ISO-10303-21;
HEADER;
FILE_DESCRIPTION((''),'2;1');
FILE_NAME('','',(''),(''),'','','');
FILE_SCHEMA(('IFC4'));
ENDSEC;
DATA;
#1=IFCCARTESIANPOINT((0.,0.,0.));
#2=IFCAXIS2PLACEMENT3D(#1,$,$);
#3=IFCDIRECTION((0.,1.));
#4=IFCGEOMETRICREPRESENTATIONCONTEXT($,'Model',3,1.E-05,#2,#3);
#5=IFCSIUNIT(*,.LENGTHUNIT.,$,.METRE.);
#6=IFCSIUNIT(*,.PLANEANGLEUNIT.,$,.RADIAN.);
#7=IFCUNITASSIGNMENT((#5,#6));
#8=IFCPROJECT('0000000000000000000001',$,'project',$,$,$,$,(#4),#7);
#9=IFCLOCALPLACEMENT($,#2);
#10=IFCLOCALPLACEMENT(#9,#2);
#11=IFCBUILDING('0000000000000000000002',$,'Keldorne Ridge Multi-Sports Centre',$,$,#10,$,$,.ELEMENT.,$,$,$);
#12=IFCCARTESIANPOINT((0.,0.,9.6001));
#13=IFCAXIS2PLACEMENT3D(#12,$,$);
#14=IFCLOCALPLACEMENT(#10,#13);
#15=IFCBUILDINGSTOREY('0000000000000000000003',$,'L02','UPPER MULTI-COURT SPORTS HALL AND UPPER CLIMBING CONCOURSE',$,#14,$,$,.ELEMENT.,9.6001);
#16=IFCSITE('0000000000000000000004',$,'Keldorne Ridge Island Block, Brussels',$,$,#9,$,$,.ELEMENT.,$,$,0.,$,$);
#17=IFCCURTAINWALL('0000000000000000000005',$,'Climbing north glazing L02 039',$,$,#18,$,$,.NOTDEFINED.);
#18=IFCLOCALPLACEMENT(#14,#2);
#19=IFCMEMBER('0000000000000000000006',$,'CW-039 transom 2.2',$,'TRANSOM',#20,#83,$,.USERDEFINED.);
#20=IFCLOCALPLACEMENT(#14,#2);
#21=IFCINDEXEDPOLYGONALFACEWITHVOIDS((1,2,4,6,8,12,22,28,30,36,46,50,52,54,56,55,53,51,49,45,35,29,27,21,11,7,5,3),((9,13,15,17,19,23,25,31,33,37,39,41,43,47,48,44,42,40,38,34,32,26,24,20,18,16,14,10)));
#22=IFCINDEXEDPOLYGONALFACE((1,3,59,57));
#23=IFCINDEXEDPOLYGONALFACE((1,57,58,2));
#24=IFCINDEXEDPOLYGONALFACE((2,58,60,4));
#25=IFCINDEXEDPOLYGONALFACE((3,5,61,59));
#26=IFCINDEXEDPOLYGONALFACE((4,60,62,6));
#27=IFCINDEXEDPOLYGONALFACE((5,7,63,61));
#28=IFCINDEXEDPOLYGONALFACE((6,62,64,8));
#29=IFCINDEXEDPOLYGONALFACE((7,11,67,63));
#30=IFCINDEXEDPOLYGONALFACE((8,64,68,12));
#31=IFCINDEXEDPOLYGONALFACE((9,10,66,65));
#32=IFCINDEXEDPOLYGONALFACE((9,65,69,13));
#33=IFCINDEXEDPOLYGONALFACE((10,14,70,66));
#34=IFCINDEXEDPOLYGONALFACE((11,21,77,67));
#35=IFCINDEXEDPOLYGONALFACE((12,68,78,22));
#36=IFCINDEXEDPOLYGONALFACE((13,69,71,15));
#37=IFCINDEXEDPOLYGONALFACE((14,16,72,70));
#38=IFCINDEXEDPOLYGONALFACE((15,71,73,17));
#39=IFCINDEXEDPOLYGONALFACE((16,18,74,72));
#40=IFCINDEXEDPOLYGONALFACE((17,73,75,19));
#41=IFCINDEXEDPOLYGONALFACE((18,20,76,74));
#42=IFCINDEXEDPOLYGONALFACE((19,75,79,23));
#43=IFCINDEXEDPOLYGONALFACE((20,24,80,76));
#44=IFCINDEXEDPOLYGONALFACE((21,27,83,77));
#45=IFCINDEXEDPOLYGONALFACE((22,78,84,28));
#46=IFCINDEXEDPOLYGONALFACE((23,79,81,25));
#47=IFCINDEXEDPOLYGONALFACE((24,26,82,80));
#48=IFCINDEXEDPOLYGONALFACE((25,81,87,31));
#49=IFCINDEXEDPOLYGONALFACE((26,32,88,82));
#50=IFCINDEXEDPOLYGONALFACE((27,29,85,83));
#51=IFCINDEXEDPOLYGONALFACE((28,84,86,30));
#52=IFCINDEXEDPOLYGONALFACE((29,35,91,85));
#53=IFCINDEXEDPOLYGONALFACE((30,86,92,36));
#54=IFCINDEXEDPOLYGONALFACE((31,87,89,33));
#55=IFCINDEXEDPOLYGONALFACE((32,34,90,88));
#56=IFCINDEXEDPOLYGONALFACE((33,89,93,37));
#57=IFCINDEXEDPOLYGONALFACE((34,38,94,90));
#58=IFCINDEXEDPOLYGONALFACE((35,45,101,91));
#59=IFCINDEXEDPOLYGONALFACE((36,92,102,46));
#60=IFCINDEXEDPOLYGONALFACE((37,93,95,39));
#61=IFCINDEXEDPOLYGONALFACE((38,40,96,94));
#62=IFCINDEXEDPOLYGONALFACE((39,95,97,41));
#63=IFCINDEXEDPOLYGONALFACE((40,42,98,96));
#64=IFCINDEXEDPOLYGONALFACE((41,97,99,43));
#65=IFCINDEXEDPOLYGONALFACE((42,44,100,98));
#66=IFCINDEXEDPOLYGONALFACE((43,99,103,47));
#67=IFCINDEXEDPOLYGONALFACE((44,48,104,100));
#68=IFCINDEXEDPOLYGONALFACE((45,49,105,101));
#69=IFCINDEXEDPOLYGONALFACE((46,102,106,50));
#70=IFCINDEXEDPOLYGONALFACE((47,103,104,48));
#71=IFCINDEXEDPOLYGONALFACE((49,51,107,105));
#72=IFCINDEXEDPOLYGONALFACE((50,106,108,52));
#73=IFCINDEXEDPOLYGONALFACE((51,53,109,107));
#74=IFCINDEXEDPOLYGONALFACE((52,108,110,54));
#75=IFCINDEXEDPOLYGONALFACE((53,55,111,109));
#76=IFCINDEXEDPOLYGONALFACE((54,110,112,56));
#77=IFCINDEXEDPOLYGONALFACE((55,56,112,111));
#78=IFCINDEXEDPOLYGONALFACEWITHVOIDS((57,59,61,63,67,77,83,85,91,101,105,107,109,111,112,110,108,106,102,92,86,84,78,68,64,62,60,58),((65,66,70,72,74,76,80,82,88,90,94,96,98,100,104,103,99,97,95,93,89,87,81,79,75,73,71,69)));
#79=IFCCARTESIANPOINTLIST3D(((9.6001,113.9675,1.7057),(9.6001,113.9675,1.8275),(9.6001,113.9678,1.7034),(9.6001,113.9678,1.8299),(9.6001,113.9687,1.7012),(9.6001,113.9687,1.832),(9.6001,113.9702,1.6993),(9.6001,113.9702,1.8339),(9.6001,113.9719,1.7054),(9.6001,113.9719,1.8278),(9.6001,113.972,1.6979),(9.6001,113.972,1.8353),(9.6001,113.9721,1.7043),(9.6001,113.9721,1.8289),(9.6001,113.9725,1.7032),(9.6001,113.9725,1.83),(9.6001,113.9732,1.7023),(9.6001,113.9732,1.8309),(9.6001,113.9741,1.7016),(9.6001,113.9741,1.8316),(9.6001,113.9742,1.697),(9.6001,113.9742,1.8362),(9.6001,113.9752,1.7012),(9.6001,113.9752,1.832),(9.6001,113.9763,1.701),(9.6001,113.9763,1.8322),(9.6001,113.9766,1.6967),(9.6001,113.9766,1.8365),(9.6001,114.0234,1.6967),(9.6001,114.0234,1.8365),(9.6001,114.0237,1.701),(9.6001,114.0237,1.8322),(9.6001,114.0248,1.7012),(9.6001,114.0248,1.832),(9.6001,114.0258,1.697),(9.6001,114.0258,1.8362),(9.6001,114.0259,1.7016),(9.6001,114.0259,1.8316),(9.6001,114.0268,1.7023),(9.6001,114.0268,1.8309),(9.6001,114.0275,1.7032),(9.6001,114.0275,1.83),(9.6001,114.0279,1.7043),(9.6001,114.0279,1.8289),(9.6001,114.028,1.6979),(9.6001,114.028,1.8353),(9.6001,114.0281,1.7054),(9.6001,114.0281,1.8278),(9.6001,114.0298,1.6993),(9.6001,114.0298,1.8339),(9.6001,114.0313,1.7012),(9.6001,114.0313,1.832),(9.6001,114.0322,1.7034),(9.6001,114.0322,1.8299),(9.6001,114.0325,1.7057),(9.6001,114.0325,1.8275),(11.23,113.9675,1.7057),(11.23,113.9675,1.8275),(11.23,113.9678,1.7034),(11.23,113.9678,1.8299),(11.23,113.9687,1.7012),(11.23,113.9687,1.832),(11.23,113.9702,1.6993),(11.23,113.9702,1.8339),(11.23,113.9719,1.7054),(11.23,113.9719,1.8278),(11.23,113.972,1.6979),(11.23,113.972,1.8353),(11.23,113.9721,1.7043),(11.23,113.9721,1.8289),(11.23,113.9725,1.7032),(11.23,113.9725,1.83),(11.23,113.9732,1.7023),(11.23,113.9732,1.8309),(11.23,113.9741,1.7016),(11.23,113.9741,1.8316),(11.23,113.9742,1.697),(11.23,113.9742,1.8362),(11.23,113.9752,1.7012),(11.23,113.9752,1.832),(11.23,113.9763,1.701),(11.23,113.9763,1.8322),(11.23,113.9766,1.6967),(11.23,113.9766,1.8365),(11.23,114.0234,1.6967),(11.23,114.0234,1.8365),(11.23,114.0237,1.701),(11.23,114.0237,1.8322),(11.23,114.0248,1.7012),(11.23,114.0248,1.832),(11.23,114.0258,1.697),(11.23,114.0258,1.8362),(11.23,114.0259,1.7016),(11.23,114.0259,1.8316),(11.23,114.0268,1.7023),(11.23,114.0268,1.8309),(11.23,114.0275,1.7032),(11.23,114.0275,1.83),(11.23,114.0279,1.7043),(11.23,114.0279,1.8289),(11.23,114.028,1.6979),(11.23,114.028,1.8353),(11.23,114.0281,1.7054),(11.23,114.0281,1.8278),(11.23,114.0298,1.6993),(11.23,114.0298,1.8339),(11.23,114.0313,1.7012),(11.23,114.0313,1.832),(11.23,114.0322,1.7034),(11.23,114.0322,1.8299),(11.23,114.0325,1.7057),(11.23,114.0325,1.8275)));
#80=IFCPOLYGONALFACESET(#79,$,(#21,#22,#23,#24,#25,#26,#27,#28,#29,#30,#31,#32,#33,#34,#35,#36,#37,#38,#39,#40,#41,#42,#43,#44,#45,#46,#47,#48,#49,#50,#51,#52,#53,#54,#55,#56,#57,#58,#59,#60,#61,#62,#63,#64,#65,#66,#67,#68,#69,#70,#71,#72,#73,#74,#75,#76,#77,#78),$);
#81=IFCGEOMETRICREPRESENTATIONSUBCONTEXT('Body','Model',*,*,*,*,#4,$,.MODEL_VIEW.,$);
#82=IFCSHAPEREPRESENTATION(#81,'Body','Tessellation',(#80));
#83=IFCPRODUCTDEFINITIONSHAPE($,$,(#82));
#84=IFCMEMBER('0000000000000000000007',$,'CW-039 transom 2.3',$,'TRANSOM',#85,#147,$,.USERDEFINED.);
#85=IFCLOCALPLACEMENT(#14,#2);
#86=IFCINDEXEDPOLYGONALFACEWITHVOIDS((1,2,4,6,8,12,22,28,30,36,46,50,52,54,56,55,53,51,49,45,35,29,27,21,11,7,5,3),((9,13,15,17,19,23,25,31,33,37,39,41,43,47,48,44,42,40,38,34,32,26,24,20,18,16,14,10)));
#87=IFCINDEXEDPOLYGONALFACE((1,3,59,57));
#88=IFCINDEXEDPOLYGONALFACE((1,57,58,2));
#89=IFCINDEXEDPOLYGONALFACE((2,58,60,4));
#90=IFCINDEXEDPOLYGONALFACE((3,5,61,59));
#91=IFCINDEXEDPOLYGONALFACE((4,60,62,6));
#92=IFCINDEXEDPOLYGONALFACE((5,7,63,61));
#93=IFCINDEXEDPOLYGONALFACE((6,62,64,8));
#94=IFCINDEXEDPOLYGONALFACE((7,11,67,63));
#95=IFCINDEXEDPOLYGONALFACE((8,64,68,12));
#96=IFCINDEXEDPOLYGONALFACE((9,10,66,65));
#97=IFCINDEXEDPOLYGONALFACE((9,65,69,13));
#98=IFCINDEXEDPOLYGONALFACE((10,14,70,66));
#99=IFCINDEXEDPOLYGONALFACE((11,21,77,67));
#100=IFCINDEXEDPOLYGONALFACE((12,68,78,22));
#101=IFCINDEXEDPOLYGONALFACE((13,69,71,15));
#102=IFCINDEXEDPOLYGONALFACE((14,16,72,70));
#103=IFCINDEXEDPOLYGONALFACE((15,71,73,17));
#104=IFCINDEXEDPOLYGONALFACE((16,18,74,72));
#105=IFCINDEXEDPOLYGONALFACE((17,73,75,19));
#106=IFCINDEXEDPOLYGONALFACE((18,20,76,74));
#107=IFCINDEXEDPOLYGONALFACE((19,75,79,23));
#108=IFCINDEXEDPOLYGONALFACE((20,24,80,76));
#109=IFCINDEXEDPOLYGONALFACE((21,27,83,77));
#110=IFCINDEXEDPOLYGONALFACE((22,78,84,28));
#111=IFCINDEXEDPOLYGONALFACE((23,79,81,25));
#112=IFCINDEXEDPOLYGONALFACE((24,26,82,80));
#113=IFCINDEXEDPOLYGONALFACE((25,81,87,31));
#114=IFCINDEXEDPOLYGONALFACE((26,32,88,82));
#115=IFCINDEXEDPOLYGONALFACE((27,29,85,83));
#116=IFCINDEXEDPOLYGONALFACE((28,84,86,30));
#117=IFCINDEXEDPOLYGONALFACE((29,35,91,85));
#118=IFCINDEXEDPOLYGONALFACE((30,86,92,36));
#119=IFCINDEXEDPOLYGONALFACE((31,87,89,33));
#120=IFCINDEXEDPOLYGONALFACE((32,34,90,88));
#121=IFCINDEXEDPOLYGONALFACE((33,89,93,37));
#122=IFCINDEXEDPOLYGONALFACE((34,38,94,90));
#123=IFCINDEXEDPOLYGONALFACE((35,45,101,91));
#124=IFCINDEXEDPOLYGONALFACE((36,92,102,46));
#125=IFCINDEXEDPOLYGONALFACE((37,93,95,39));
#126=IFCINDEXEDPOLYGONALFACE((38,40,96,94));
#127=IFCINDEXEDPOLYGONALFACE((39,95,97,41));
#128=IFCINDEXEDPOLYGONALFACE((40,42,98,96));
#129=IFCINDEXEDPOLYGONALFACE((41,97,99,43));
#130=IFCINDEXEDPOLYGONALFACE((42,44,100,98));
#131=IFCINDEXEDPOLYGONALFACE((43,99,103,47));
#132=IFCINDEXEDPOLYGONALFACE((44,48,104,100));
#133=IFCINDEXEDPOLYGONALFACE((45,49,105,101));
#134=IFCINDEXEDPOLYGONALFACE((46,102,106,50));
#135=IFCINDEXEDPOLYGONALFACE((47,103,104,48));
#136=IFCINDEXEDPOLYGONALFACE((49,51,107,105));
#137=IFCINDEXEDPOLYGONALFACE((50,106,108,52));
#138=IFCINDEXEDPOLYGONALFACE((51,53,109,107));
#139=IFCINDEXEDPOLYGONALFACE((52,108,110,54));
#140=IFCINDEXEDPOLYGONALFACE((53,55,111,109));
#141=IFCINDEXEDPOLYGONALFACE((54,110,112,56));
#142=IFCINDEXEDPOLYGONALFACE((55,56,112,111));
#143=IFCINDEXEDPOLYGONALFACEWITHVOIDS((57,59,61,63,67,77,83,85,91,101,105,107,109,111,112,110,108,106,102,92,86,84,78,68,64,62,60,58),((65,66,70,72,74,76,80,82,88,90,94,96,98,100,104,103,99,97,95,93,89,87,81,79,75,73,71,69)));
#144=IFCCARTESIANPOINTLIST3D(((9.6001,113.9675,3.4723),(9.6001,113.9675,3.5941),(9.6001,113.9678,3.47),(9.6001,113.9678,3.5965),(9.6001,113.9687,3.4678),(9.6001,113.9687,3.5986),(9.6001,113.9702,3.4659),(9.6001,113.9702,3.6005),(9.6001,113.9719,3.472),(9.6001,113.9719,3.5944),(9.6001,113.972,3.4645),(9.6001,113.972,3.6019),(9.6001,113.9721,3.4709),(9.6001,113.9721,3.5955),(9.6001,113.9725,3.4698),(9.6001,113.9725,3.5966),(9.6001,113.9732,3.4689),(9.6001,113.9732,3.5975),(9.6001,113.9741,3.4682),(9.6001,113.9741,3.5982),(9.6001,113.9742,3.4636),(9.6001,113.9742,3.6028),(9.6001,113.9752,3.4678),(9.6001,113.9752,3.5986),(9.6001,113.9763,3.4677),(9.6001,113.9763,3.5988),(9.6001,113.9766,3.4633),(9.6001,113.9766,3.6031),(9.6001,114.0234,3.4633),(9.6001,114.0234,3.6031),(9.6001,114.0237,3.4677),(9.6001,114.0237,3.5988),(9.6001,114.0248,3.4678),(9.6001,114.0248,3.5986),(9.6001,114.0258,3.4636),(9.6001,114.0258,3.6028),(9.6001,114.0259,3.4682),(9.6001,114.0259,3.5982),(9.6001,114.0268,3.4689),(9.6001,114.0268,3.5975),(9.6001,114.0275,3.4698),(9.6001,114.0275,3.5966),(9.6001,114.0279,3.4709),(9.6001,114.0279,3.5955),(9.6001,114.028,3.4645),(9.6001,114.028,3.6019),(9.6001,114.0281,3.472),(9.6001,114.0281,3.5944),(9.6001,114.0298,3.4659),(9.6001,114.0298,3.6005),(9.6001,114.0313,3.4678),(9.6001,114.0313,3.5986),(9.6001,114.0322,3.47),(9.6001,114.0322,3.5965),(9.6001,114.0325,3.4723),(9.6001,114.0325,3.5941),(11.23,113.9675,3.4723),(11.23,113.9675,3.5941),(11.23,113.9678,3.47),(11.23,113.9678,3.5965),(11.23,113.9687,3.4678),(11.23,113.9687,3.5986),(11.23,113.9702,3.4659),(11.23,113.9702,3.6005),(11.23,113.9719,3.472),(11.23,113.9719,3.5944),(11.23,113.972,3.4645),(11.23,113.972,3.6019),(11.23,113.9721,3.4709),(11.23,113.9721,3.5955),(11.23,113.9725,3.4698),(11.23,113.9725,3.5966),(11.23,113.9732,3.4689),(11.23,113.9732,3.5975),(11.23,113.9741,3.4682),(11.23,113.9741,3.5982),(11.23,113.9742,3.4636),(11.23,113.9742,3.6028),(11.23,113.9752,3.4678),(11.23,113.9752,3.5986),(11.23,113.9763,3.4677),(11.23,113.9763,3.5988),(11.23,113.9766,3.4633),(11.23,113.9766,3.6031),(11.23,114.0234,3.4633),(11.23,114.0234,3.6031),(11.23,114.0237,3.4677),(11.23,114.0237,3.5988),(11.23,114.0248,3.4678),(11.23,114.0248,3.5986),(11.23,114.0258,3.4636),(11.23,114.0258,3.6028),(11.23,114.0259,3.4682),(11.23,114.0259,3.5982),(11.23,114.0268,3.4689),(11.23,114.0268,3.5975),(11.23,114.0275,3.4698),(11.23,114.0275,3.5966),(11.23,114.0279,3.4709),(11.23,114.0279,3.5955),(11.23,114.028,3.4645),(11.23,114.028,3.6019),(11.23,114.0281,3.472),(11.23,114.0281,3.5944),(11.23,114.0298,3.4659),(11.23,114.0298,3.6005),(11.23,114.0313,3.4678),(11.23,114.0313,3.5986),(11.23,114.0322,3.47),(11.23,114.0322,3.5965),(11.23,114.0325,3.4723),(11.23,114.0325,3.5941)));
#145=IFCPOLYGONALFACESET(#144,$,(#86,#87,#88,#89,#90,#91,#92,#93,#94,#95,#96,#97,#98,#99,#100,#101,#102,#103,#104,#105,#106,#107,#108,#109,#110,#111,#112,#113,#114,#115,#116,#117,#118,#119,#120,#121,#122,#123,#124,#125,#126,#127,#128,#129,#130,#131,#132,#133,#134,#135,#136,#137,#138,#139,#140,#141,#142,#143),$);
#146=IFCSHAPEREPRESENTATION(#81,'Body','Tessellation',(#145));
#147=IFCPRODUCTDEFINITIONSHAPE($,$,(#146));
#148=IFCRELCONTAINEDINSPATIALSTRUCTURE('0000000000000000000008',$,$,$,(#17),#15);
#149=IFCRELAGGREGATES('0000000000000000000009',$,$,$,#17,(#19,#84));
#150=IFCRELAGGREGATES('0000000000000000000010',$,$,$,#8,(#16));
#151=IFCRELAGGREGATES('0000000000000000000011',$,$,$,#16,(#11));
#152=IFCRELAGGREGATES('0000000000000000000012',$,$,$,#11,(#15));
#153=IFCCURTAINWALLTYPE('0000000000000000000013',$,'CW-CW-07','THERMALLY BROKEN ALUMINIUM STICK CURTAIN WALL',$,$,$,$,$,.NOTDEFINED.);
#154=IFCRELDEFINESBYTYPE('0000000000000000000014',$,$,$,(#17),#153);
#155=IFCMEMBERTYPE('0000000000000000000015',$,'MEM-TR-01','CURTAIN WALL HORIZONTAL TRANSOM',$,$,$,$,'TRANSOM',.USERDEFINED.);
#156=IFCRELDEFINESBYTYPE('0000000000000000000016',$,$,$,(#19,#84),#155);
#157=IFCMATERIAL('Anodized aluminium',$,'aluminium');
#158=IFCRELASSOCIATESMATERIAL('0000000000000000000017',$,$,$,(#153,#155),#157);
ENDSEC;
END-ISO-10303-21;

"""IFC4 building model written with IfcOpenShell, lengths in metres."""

from ifc_helpers import new_model, si_unit, direction, frame, origin, origin_2d, place, context, subcontext, project, spatial, hollow_rectangle, extrude, material, material_profile, profile_set, type_object, element, aggregate, save


model = new_model("IFC4")

# Units and contexts
model_context = context("Model", 3, precision=1e-05, world=origin(), true_north=direction((0.0, 1.0)))
body_context = subcontext(model_context, "Body", "Model", "MODEL_VIEW")
ifc_project = project(units=[si_unit("LENGTHUNIT", "METRE"), si_unit("PLANEANGLEUNIT", "RADIAN")], contexts=[model_context])

# Site, building, storey
site_placement = place(None, origin())
site = spatial("IfcSite", under=ifc_project, at=site_placement, Name="Keldorne Ridge Island Block, Brussels", CompositionType="ELEMENT", RefElevation=0.0)
building_placement = place(site_placement, origin())
building = spatial("IfcBuilding", under=site, at=building_placement, Name="Keldorne Ridge Multi-Sports Centre", CompositionType="ELEMENT")
storey_placement = place(building_placement, frame((0.0, 0.0, 9.6001)))
storey = spatial("IfcBuildingStorey", under=building, at=storey_placement, Name="L02", Description="UPPER MULTI-COURT SPORTS HALL AND UPPER CLIMBING CONCOURSE", CompositionType="ELEMENT", Elevation=9.6001)

# Curtain wall
ifc_material_1 = material(Name="Anodized aluminium", Category="aluminium")
curtain_wall_type = type_object("IfcCurtainWallType", Name="CW-CW-07", Description="THERMALLY BROKEN ALUMINIUM STICK CURTAIN WALL", PredefinedType="NOTDEFINED", material=ifc_material_1)
curtain_wall_placement = place(storey_placement, origin())
curtain_wall = element("IfcCurtainWall", 1, at=curtain_wall_placement, inside=storey, type_object=curtain_wall_type, Name="Climbing north glazing L02 039", PredefinedType="NOTDEFINED")

# Members
ifc_material_profile_1 = material_profile(ifc_material_1, hollow_rectangle(XDim=0.0649, YDim=0.1399, WallThickness=0.0044, InnerFilletRadius=0.0044, OuterFilletRadius=0.009, at=origin_2d()), Name="ALU TRANSOM 140x65x4.5")
ifc_profile_set_1 = profile_set([ifc_material_profile_1], Name="Anodized aluminium")
member_type_1 = type_object("IfcMemberType", Name="MEM-TR-01", Description="CURTAIN WALL HORIZONTAL TRANSOM", ElementType="TRANSOM", PredefinedType="USERDEFINED", material=ifc_profile_set_1)
member_1_placement = place(storey_placement, frame((11.23, 114.0, 1.7666), z_axis=(-1.0, 0.0, 0.0), x_axis=(0.0, -1.0, 0.0)))
member_1 = element("IfcMember", 2, at=member_1_placement, type_object=member_type_1, Name="CW-039 transom 2.2", ObjectType="TRANSOM", PredefinedType="USERDEFINED", context=body_context, shape_type="SweptSolid", body=[
    extrude(hollow_rectangle(XDim=0.0649, YDim=0.1399, WallThickness=0.0044, InnerFilletRadius=0.0044, OuterFilletRadius=0.009, at=origin_2d()), origin(), (0.0, 0.0, 1.0), 1.6299),
])
member_2_placement = place(storey_placement, frame((11.23, 114.0, 3.5332), z_axis=(-1.0, 0.0, 0.0), x_axis=(0.0, -1.0, 0.0)))
member_2 = element("IfcMember", 3, at=member_2_placement, type_object=member_type_1, Name="CW-039 transom 2.3", ObjectType="TRANSOM", PredefinedType="USERDEFINED", context=body_context, shape_type="SweptSolid", body=[
    extrude(hollow_rectangle(XDim=0.0649, YDim=0.1399, WallThickness=0.0044, InnerFilletRadius=0.0044, OuterFilletRadius=0.009, at=origin_2d()), origin(), (0.0, 0.0, 1.0), 1.6299),
])

aggregate(curtain_wall, [member_1, member_2])

save(model, "model.ifc")
